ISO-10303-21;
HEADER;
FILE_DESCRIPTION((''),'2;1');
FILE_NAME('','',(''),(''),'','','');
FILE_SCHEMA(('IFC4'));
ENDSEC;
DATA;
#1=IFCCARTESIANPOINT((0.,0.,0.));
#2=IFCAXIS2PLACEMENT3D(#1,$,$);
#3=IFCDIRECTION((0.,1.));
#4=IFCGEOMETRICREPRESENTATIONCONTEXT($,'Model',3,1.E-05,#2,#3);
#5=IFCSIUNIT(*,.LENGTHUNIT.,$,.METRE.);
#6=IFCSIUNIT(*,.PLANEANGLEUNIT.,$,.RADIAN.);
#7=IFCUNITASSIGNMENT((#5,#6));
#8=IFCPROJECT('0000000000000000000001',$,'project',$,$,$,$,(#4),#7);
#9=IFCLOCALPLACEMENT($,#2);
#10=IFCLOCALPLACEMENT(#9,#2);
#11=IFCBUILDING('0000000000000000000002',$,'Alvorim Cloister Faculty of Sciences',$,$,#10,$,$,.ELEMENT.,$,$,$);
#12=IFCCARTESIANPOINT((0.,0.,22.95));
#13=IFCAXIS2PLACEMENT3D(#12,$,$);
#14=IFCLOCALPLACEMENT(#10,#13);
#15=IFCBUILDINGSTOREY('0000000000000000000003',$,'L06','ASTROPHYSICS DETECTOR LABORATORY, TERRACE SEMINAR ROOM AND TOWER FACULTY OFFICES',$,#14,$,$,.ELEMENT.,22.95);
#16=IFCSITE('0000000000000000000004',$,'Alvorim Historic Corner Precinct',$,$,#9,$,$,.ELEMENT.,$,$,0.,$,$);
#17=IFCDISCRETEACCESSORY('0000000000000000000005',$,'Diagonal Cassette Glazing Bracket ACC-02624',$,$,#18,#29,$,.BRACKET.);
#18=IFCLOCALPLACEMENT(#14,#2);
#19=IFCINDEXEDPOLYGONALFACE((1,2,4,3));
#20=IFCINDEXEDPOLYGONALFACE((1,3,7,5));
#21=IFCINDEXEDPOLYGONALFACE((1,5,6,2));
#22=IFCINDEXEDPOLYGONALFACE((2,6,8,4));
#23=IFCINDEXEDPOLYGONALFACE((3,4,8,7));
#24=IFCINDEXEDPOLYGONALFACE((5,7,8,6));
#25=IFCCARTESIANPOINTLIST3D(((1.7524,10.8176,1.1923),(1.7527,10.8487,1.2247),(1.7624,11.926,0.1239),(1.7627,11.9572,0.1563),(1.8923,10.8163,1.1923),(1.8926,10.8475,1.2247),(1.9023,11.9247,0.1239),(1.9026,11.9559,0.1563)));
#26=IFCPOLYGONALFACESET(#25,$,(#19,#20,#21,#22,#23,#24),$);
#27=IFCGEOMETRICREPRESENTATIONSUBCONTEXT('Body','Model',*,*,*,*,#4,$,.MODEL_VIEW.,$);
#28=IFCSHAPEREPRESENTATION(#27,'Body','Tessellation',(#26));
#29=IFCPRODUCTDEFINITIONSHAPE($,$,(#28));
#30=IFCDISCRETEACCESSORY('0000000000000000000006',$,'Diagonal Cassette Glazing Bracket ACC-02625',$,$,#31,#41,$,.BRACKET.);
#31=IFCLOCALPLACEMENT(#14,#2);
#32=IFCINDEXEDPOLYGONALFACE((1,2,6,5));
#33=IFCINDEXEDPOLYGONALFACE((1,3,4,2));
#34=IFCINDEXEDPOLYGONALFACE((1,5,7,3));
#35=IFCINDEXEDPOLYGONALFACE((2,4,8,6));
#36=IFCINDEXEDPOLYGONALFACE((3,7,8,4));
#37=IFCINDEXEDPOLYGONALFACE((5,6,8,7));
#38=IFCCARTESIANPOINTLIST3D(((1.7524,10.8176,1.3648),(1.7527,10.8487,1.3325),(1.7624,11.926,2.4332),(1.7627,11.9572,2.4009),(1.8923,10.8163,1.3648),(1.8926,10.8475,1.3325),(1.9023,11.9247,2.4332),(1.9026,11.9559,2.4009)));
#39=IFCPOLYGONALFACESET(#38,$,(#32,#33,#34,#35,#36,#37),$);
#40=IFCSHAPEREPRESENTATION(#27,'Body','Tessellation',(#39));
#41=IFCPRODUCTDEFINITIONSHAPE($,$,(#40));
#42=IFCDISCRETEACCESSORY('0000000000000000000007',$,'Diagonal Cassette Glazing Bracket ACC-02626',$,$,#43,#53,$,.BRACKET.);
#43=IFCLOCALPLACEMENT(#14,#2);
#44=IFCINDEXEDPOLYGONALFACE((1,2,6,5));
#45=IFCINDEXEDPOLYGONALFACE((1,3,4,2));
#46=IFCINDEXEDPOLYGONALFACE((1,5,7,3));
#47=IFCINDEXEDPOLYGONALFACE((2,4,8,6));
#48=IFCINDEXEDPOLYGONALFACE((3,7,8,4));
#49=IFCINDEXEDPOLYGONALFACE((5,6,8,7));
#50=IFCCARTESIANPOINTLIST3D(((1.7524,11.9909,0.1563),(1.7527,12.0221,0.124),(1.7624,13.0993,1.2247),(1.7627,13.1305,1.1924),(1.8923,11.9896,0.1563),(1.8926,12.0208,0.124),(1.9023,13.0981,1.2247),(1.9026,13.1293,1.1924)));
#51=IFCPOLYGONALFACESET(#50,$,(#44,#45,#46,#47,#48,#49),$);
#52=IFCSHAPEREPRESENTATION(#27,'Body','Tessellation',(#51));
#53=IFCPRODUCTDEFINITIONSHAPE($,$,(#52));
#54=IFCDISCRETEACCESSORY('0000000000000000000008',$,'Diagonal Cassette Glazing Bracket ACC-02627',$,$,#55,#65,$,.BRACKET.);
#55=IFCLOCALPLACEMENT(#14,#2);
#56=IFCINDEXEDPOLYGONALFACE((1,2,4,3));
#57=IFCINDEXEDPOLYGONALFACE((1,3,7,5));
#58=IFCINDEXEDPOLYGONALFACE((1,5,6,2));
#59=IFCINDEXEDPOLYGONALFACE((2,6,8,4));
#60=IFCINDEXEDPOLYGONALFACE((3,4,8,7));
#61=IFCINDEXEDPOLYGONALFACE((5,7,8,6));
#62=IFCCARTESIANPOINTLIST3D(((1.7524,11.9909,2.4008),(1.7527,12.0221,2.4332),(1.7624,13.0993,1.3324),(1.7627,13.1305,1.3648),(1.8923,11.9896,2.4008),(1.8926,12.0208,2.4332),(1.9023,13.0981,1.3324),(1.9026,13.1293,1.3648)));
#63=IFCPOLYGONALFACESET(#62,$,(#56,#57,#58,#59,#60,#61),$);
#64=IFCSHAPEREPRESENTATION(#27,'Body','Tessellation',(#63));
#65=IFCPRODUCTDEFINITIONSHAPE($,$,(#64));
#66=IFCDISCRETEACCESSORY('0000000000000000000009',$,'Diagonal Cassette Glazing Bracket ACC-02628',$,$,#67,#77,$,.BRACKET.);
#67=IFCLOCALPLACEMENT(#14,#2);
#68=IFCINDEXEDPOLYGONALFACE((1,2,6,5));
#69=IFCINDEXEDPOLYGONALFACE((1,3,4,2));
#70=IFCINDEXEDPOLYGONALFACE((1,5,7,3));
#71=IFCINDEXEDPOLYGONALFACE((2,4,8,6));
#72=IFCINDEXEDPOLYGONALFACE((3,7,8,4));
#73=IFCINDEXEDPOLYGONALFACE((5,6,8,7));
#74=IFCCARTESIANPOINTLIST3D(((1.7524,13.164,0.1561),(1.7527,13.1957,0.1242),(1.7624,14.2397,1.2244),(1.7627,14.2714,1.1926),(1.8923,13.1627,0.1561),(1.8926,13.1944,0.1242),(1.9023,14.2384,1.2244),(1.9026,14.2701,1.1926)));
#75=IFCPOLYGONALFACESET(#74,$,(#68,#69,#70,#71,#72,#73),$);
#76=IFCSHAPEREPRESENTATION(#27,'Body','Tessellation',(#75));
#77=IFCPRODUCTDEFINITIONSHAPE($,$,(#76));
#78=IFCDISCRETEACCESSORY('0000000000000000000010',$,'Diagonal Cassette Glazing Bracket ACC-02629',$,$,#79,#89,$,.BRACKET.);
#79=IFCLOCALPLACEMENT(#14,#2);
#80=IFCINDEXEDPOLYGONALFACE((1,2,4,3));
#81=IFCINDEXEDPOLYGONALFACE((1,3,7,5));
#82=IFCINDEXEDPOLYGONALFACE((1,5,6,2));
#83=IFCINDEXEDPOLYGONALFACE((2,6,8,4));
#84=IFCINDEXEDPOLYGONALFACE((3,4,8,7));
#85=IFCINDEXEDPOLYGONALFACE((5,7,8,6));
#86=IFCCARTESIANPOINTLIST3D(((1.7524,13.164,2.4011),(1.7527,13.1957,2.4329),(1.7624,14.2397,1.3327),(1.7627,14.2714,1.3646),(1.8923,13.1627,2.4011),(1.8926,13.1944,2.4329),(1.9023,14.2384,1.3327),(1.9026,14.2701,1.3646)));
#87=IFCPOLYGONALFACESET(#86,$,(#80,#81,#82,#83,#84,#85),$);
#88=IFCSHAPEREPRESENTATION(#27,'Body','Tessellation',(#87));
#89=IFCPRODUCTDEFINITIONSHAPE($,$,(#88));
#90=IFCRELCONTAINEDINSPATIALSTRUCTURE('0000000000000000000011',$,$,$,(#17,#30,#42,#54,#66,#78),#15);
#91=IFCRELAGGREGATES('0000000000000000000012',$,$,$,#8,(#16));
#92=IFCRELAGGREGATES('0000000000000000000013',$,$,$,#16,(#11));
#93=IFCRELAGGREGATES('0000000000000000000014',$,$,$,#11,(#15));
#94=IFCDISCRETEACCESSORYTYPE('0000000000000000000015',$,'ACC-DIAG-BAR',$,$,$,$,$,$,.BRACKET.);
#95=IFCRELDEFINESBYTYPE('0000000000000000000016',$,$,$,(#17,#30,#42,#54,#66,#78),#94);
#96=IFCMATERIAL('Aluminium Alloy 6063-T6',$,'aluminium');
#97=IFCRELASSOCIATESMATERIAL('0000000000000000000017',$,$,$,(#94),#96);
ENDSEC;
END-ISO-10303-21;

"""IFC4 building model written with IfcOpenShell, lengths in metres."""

from ifc_helpers import new_model, si_unit, direction, frame, origin, origin_2d, place, context, subcontext, project, spatial, rectangle, extrude, material, type_object, element, save


model = new_model("IFC4")

# Units and contexts
model_context = context("Model", 3, precision=1e-05, world=origin(), true_north=direction((0.0, 1.0)))
body_context = subcontext(model_context, "Body", "Model", "MODEL_VIEW")
ifc_project = project(units=[si_unit("LENGTHUNIT", "METRE"), si_unit("PLANEANGLEUNIT", "RADIAN")], contexts=[model_context])

# Site, building, storey
site_placement = place(None, origin())
site = spatial("IfcSite", under=ifc_project, at=site_placement, Name="Alvorim Historic Corner Precinct", CompositionType="ELEMENT", RefElevation=0.0)
building_placement = place(site_placement, origin())
building = spatial("IfcBuilding", under=site, at=building_placement, Name="Alvorim Cloister Faculty of Sciences", CompositionType="ELEMENT")
storey_placement = place(building_placement, frame((0.0, 0.0, 22.95)))
storey = spatial("IfcBuildingStorey", under=building, at=storey_placement, Name="L06", Description="ASTROPHYSICS DETECTOR LABORATORY, TERRACE SEMINAR ROOM AND TOWER FACULTY OFFICES", CompositionType="ELEMENT", Elevation=22.95)

# Shared definitions
ifc_material_1 = material(Name="Aluminium Alloy 6063-T6", Category="aluminium")

# Discrete accessories
discrete_accessory_type = type_object("IfcDiscreteAccessoryType", Name="ACC-DIAG-BAR", PredefinedType="BRACKET", material=ifc_material_1)
for number, where, z_axis, x_axis, name in (
    (1, (1.8225, 10.8325, 1.2085), (0.006502, 0.719976, -0.693968), (-0.999959, 0.00903, 0.0), "Diagonal Cassette Glazing Bracket ACC-02624"),
    (2, (1.8225, 10.8325, 1.3486), (0.006502, 0.719976, 0.693968), (-0.999959, 0.00903, 0.0), "Diagonal Cassette Glazing Bracket ACC-02625"),
    (3, (1.8225, 12.0059, 0.1401), (0.006502, 0.719976, 0.693968), (-0.999959, 0.00903, 0.0), "Diagonal Cassette Glazing Bracket ACC-02626"),
    (4, (1.8225, 12.0059, 2.417), (0.006502, 0.719976, -0.693968), (-0.999959, 0.00903, 0.0), "Diagonal Cassette Glazing Bracket ACC-02627"),
):
    element("IfcDiscreteAccessory", number, at=place(storey_placement, frame(where, z_axis=z_axis, x_axis=x_axis)), inside=storey, type_object=discrete_accessory_type, Name=name, PredefinedType="BRACKET", context=body_context, shape_type="SweptSolid", body=[
        extrude(rectangle(XDim=0.1399, YDim=0.0449, at=origin_2d()), origin(), (0.0, 0.0, 1.0), 1.5396),
    ])
for number, where, z_axis, x_axis, name in (
    (5, (1.8225, 13.1792, 0.1401), (0.006602, 0.709503, 0.704672), (-0.999957, 0.009305, 0.0), "Diagonal Cassette Glazing Bracket ACC-02628"),
    (6, (1.8225, 13.1792, 2.417), (0.006602, 0.709503, -0.704672), (-0.999957, 0.009305, 0.0), "Diagonal Cassette Glazing Bracket ACC-02629"),
):
    element("IfcDiscreteAccessory", number, at=place(storey_placement, frame(where, z_axis=z_axis, x_axis=x_axis)), inside=storey, type_object=discrete_accessory_type, Name=name, PredefinedType="BRACKET", context=body_context, shape_type="SweptSolid", body=[
        extrude(rectangle(XDim=0.1399, YDim=0.0449, at=origin_2d()), origin(), (0.0, 0.0, 1.0), 1.5161),
    ])

save(model, "model.ifc")
